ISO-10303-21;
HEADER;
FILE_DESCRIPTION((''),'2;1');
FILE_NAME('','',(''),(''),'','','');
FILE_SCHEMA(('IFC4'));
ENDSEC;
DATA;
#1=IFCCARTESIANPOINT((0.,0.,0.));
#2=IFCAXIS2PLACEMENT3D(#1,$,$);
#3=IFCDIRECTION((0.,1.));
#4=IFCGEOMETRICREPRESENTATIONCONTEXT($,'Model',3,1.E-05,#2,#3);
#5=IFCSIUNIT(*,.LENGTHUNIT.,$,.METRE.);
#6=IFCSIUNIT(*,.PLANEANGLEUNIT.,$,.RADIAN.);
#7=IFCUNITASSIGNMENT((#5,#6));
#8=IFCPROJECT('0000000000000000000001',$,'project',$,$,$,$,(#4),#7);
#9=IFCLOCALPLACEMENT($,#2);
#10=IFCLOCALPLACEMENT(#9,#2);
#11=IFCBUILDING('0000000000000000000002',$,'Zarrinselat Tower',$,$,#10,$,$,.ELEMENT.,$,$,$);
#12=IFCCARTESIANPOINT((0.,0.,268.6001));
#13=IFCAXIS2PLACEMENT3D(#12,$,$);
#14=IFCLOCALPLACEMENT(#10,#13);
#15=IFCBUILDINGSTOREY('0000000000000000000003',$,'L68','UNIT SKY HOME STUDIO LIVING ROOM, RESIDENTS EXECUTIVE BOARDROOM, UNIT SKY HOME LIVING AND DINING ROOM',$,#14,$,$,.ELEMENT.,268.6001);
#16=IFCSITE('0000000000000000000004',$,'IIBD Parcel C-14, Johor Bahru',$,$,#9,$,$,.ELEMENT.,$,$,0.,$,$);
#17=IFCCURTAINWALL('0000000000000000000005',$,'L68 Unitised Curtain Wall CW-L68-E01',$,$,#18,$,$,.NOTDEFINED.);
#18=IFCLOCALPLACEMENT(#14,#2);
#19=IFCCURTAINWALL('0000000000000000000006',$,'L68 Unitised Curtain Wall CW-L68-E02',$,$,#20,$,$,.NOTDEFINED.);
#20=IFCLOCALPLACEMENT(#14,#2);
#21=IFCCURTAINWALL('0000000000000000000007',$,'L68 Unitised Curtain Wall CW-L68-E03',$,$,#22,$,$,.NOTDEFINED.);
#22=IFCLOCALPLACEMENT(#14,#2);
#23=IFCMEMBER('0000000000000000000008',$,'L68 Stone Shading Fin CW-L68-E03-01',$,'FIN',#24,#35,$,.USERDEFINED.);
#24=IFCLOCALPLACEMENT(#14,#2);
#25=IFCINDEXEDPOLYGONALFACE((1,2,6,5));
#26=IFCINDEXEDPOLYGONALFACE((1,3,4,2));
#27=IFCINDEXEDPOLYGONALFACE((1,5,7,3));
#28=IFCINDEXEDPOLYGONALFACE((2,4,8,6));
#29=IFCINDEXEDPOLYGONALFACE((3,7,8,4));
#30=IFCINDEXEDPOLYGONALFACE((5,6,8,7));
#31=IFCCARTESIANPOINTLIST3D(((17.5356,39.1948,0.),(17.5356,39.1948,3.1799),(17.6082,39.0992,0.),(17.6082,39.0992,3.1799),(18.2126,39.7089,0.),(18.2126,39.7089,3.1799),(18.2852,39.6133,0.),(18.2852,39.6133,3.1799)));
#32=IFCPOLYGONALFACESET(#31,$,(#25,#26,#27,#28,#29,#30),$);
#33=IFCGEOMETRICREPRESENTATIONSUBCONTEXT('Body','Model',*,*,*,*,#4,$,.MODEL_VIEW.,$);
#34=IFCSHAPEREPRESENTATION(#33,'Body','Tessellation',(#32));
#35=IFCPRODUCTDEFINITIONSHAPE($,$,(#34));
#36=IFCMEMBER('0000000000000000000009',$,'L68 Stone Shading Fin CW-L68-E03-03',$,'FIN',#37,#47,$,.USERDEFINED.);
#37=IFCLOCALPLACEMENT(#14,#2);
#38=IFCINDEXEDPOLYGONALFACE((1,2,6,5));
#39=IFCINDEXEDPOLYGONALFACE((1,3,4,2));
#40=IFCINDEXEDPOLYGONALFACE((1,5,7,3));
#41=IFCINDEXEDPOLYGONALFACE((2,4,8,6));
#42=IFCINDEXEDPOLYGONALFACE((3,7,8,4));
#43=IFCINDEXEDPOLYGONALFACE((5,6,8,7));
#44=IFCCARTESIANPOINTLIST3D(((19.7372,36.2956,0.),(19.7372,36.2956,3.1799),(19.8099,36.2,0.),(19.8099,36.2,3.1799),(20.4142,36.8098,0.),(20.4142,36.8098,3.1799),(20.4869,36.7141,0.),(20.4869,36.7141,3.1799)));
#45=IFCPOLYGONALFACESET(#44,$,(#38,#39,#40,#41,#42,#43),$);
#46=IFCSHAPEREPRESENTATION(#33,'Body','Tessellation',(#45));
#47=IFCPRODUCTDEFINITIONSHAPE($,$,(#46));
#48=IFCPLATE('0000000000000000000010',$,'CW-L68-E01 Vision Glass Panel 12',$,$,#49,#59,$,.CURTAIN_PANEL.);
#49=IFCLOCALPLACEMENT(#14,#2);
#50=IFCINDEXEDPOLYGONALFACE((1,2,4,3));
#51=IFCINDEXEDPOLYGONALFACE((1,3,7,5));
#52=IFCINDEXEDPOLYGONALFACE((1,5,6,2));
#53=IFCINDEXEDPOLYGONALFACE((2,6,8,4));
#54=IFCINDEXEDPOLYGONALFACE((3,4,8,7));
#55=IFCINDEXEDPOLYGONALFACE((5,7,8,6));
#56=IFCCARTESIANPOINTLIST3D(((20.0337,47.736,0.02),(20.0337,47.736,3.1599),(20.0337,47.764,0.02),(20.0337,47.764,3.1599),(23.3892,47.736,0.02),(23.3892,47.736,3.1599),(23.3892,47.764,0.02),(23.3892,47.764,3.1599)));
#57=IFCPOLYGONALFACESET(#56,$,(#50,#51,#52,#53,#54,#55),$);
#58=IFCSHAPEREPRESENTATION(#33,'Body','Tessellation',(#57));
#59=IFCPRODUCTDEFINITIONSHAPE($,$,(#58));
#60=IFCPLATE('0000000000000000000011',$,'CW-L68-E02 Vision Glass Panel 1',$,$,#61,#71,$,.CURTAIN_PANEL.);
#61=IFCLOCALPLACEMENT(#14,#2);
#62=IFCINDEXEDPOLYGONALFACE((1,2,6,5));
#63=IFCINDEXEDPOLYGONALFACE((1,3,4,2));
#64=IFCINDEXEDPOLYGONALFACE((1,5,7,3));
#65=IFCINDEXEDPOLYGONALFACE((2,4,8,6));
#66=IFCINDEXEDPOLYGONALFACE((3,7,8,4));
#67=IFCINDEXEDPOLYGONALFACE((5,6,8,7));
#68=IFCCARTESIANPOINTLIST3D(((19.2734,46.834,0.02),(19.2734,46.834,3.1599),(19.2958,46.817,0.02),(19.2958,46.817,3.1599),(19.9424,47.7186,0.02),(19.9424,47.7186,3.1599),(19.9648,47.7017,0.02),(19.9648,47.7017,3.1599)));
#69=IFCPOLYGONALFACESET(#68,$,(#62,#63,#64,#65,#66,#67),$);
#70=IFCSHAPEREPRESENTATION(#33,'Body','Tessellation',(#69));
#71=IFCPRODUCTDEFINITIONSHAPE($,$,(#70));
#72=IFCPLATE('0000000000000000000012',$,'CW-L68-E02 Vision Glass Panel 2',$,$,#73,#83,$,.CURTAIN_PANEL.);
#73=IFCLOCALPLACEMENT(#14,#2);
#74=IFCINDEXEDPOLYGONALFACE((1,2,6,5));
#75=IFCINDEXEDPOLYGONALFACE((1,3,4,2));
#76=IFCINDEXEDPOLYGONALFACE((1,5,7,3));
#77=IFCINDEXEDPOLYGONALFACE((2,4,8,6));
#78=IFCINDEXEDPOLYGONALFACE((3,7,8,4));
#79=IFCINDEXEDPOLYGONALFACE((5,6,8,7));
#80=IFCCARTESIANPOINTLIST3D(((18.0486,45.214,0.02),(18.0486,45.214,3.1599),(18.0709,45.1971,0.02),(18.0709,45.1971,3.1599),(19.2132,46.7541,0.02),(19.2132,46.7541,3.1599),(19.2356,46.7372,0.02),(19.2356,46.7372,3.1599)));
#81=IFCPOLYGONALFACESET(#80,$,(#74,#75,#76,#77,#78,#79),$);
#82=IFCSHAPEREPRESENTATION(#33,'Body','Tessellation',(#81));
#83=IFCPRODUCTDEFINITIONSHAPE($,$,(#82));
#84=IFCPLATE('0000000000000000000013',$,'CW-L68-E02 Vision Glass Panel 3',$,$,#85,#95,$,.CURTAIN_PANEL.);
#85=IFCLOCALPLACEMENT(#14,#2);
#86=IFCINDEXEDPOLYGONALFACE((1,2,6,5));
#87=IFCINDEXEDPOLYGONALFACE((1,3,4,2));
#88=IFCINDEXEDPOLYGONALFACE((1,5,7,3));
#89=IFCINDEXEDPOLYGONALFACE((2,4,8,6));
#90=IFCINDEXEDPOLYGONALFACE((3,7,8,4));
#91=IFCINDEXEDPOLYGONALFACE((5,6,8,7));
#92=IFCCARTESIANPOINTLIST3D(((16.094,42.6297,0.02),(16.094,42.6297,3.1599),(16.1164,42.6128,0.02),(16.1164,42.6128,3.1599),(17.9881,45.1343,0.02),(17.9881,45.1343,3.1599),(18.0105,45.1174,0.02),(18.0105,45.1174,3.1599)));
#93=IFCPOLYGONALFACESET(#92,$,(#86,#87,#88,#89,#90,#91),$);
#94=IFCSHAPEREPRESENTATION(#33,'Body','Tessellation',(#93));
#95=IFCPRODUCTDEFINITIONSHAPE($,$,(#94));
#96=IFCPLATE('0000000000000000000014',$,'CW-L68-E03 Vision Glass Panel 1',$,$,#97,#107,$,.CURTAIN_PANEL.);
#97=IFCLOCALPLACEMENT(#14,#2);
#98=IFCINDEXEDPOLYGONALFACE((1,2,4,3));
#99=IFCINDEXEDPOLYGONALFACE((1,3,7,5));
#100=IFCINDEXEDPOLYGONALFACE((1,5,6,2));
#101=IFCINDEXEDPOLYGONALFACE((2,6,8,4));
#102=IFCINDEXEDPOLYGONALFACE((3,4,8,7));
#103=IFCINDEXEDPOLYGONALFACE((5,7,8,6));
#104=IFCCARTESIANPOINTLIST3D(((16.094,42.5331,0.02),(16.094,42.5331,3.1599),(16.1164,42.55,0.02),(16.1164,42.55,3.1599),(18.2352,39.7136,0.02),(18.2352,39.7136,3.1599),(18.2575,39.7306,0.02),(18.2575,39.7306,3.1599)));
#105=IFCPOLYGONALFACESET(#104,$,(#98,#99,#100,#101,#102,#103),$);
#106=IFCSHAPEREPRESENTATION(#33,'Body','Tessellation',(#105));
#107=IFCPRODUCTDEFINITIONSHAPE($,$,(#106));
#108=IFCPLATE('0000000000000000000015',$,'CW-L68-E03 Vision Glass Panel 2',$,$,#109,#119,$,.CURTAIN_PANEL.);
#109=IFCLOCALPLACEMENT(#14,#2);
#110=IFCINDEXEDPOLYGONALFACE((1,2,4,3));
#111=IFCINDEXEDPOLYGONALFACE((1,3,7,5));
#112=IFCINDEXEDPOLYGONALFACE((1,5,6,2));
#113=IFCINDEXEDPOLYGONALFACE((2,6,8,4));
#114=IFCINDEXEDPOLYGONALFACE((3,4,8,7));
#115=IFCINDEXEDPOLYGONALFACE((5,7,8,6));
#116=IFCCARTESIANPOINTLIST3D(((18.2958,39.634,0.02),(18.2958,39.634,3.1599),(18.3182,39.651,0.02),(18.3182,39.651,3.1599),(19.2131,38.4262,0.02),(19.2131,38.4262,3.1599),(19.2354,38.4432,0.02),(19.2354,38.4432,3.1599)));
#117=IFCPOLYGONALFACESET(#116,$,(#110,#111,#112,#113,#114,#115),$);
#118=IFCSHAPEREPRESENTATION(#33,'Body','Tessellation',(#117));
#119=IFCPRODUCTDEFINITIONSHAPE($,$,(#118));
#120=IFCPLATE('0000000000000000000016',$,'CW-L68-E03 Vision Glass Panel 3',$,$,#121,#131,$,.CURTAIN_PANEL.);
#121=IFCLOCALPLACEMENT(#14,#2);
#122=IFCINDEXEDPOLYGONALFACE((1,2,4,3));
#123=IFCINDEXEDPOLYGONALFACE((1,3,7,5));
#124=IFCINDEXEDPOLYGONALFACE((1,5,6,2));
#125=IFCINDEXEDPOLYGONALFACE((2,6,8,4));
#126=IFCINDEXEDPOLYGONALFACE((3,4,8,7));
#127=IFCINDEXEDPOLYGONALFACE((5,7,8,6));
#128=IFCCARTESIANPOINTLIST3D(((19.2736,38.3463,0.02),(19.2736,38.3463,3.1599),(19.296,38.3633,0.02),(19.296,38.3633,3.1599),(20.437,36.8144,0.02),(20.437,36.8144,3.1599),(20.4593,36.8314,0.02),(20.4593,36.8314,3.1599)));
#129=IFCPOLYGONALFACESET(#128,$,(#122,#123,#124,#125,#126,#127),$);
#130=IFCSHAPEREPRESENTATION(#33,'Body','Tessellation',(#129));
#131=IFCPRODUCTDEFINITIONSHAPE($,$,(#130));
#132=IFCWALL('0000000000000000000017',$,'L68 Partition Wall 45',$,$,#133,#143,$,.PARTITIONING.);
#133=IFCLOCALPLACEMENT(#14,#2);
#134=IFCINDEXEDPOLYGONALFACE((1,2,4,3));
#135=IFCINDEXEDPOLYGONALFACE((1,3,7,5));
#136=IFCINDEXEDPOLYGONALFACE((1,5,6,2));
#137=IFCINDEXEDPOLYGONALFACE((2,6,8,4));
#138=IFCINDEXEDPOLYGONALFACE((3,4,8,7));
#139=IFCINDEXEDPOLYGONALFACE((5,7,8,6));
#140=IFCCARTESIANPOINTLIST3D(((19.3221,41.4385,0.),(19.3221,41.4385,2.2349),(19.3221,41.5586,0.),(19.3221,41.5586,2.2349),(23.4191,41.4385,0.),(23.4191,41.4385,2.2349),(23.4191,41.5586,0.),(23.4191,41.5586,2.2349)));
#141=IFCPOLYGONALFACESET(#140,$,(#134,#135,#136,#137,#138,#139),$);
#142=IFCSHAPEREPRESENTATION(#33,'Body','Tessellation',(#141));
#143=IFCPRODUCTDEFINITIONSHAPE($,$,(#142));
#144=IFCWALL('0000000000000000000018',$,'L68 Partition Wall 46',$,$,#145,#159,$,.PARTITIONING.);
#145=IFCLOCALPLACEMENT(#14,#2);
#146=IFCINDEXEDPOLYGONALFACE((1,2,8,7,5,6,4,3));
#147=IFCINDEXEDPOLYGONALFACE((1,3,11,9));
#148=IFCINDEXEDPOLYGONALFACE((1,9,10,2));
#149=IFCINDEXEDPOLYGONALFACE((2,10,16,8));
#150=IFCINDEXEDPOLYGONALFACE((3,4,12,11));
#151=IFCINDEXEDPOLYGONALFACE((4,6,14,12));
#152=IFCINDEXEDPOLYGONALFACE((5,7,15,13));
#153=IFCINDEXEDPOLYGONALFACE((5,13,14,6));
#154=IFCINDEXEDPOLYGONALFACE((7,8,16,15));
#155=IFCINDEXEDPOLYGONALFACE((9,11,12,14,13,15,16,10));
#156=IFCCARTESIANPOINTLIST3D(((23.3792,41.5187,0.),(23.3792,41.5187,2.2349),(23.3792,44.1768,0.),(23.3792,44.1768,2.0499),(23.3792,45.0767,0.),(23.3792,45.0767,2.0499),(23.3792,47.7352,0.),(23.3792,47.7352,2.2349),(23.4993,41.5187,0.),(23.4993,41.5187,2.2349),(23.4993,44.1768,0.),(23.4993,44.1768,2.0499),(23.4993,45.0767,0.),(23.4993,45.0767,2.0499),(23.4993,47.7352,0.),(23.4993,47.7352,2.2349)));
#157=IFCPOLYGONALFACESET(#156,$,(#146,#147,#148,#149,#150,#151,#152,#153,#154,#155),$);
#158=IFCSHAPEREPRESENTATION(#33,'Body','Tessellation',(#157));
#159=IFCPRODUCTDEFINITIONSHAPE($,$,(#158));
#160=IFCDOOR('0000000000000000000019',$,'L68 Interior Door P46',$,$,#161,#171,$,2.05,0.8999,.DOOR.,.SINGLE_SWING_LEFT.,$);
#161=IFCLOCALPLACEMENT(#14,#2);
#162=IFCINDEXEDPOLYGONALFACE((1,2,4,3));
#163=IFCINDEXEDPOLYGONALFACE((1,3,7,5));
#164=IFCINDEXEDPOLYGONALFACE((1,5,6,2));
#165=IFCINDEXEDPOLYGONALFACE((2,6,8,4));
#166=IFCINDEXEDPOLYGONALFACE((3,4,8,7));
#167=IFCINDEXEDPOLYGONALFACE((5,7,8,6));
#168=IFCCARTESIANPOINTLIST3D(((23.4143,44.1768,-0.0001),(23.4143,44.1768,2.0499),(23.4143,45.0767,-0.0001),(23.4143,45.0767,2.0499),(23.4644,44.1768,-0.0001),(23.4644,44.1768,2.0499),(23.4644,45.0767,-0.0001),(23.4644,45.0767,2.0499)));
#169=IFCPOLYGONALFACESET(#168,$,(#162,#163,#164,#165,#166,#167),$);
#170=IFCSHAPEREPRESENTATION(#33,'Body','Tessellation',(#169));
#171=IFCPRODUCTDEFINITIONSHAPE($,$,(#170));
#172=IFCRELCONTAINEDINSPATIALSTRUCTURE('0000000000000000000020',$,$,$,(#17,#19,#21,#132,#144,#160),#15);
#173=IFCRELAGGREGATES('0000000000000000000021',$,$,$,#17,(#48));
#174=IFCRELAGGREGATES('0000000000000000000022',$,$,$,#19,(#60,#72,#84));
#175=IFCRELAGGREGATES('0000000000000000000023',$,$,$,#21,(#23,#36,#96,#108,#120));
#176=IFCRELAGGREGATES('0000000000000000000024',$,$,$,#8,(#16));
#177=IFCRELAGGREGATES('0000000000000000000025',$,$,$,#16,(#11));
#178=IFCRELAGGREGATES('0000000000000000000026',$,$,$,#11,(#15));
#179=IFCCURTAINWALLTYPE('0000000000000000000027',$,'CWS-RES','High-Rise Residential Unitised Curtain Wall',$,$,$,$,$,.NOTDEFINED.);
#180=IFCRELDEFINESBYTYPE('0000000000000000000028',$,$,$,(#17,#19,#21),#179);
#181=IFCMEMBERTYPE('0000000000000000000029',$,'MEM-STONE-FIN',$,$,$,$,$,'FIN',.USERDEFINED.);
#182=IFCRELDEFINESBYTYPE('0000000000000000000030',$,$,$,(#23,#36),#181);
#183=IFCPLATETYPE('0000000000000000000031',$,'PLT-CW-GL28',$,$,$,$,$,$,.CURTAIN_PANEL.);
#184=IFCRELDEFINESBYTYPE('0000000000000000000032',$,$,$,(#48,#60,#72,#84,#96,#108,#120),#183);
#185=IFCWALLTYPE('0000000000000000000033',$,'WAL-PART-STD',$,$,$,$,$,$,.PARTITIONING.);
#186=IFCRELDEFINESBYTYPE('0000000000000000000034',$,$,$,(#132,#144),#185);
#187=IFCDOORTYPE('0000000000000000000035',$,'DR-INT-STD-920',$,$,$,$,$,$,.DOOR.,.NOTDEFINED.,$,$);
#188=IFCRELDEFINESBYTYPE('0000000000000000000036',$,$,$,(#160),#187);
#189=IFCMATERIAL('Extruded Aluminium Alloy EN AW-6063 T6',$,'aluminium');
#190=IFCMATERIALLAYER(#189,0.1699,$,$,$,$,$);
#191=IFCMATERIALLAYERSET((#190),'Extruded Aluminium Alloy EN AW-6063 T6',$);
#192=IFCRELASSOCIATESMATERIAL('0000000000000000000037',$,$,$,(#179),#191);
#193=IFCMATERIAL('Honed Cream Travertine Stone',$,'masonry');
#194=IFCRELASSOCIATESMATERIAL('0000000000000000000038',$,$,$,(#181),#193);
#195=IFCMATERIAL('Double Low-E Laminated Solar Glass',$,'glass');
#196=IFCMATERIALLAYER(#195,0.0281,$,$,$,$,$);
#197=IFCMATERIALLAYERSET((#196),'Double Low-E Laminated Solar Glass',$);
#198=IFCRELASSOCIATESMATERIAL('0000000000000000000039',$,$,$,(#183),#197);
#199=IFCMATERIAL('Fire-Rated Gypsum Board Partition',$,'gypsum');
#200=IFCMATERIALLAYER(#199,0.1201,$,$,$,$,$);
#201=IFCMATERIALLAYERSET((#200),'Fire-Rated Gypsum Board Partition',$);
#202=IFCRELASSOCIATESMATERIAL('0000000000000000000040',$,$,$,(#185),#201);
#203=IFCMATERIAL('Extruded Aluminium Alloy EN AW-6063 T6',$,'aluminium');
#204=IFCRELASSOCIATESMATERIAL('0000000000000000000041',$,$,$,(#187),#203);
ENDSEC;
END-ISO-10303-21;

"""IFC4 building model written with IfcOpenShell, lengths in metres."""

from ifc_helpers import new_model, si_unit, direction, frame, frame_2d, origin, origin_2d, place, context, subcontext, project, spatial, rectangle, extrude, material, layer, layer_set, material_profile, profile_set, type_object, element, fill, aggregate, save


model = new_model("IFC4")

# Units and contexts
model_context = context("Model", 3, precision=1e-05, world=origin(), true_north=direction((0.0, 1.0)))
body_context = subcontext(model_context, "Body", "Model", "MODEL_VIEW")
ifc_project = project(units=[si_unit("LENGTHUNIT", "METRE"), si_unit("PLANEANGLEUNIT", "RADIAN")], contexts=[model_context])

# Site, building, storey
site_placement = place(None, origin())
site = spatial("IfcSite", under=ifc_project, at=site_placement, Name="IIBD Parcel C-14, Johor Bahru", CompositionType="ELEMENT", RefElevation=0.0)
building_placement = place(site_placement, origin())
building = spatial("IfcBuilding", under=site, at=building_placement, Name="Zarrinselat Tower", CompositionType="ELEMENT")
storey_placement = place(building_placement, frame((0.0, 0.0, 268.6001)))
storey = spatial("IfcBuildingStorey", under=building, at=storey_placement, Name="L68", Description="UNIT SKY HOME STUDIO LIVING ROOM, RESIDENTS EXECUTIVE BOARDROOM, UNIT SKY HOME LIVING AND DINING ROOM", CompositionType="ELEMENT", Elevation=268.6001)

# Curtain walls
ifc_material_1 = material(Name="Extruded Aluminium Alloy EN AW-6063 T6", Category="aluminium")
ifc_layer_1 = layer(ifc_material_1, 0.1699)
ifc_layer_set_1 = layer_set([ifc_layer_1], Name="Extruded Aluminium Alloy EN AW-6063 T6")
curtain_wall_type = type_object("IfcCurtainWallType", Name="CWS-RES", Description="High-Rise Residential Unitised Curtain Wall", PredefinedType="NOTDEFINED", material=ifc_layer_set_1)
curtain_wall_1_placement = place(storey_placement, origin())
curtain_wall_1 = element("IfcCurtainWall", 1, at=curtain_wall_1_placement, inside=storey, type_object=curtain_wall_type, Name="L68 Unitised Curtain Wall CW-L68-E01", PredefinedType="NOTDEFINED")
curtain_wall_2_placement = place(storey_placement, origin())
curtain_wall_2 = element("IfcCurtainWall", 2, at=curtain_wall_2_placement, inside=storey, type_object=curtain_wall_type, Name="L68 Unitised Curtain Wall CW-L68-E02", PredefinedType="NOTDEFINED")
curtain_wall_3_placement = place(storey_placement, origin())
curtain_wall_3 = element("IfcCurtainWall", 3, at=curtain_wall_3_placement, inside=storey, type_object=curtain_wall_type, Name="L68 Unitised Curtain Wall CW-L68-E03", PredefinedType="NOTDEFINED")

# Members
ifc_material_2 = material(Name="Honed Cream Travertine Stone", Category="masonry")
ifc_material_profile_1 = material_profile(ifc_material_2, rectangle(XDim=0.1201, YDim=0.8501, at=origin_2d()), Name="FIN 850x120")
ifc_profile_set_1 = profile_set([ifc_material_profile_1], Name="Honed Cream Travertine Stone")
member_type_1 = type_object("IfcMemberType", Name="MEM-STONE-FIN", ElementType="FIN", PredefinedType="USERDEFINED", material=ifc_profile_set_1)
member_1_placement = place(storey_placement, frame((17.9104, 39.4041, 0.0), z_axis=(0.0, 0.0, 1.0), x_axis=(-0.604788, 0.796387, 0.0)))
member_1 = element("IfcMember", 4, at=member_1_placement, type_object=member_type_1, Name="L68 Stone Shading Fin CW-L68-E03-01", ObjectType="FIN", PredefinedType="USERDEFINED", context=body_context, shape_type="SweptSolid", body=[
    extrude(rectangle(XDim=0.1201, YDim=0.8501, at=origin_2d()), origin(), (0.0, 0.0, 1.0), 3.1799),
])
member_2_placement = place(storey_placement, frame((20.1121, 36.5049, 0.0), z_axis=(0.0, 0.0, 1.0), x_axis=(-0.604788, 0.796387, 0.0)))
member_2 = element("IfcMember", 5, at=member_2_placement, type_object=member_type_1, Name="L68 Stone Shading Fin CW-L68-E03-03", ObjectType="FIN", PredefinedType="USERDEFINED", context=body_context, shape_type="SweptSolid", body=[
    extrude(rectangle(XDim=0.1201, YDim=0.8501, at=origin_2d()), origin(), (0.0, 0.0, 1.0), 3.1799),
])

# Plates
ifc_material_3 = material(Name="Double Low-E Laminated Solar Glass", Category="glass")
ifc_layer_2 = layer(ifc_material_3, 0.0281)
ifc_layer_set_2 = layer_set([ifc_layer_2], Name="Double Low-E Laminated Solar Glass")
plate_type = type_object("IfcPlateType", Name="PLT-CW-GL28", PredefinedType="CURTAIN_PANEL", material=ifc_layer_set_2)
plate_1_placement = place(storey_placement, frame((21.7114, 47.75, 0.02), z_axis=(0.0, 0.0, 1.0), x_axis=(-1.0, 0.0, 0.0)))
plate_1 = element("IfcPlate", 6, at=plate_1_placement, type_object=plate_type, Name="CW-L68-E01 Vision Glass Panel 12", PredefinedType="CURTAIN_PANEL", context=body_context, shape_type="SweptSolid", body=[
    extrude(rectangle(XDim=3.3555, YDim=0.0281, at=origin_2d()), origin(), (0.0, 0.0, 1.0), 3.1399),
])
aggregate(curtain_wall_1, [plate_1])
plate_2_placement = place(storey_placement, frame((19.6191, 47.2678, 0.02), z_axis=(0.0, 0.0, 1.0), x_axis=(-0.60318, -0.797605, 0.0)))
plate_2 = element("IfcPlate", 7, at=plate_2_placement, type_object=plate_type, Name="CW-L68-E02 Vision Glass Panel 1", PredefinedType="CURTAIN_PANEL", context=body_context, shape_type="SweptSolid", body=[
    extrude(rectangle(XDim=1.1091, YDim=0.0281, at=origin_2d()), origin(), (0.0, 0.0, 1.0), 3.1399),
])
plate_3_placement = place(storey_placement, frame((18.6421, 45.9756, 0.02), z_axis=(0.0, 0.0, 1.0), x_axis=(-0.60318, -0.797605, 0.0)))
plate_3 = element("IfcPlate", 8, at=plate_3_placement, type_object=plate_type, Name="CW-L68-E02 Vision Glass Panel 2", PredefinedType="CURTAIN_PANEL", context=body_context, shape_type="SweptSolid", body=[
    extrude(rectangle(XDim=1.9309, YDim=0.0281, at=origin_2d()), origin(), (0.0, 0.0, 1.0), 3.1399),
])
plate_4_placement = place(storey_placement, frame((17.0522, 43.8735, 0.02), z_axis=(0.0, 0.0, 1.0), x_axis=(-0.60318, -0.797605, 0.0)))
plate_4 = element("IfcPlate", 9, at=plate_4_placement, type_object=plate_type, Name="CW-L68-E02 Vision Glass Panel 3", PredefinedType="CURTAIN_PANEL", context=body_context, shape_type="SweptSolid", body=[
    extrude(rectangle(XDim=3.1401, YDim=0.0281, at=origin_2d()), origin(), (0.0, 0.0, 1.0), 3.1399),
])
aggregate(curtain_wall_2, [plate_2, plate_3, plate_4])
plate_5_placement = place(storey_placement, frame((17.1758, 41.1318, 0.02), z_axis=(0.0, 0.0, 1.0), x_axis=(0.604788, -0.796387, 0.0)))
plate_5 = element("IfcPlate", 10, at=plate_5_placement, type_object=plate_type, Name="CW-L68-E03 Vision Glass Panel 1", PredefinedType="CURTAIN_PANEL", context=body_context, shape_type="SweptSolid", body=[
    extrude(rectangle(XDim=3.5403, YDim=0.0281, at=origin_2d()), origin(), (0.0, 0.0, 1.0), 3.1399),
])
plate_6_placement = place(storey_placement, frame((18.7656, 39.0386, 0.02), z_axis=(0.0, 0.0, 1.0), x_axis=(0.604788, -0.796387, 0.0)))
plate_6 = element("IfcPlate", 11, at=plate_6_placement, type_object=plate_type, Name="CW-L68-E03 Vision Glass Panel 2", PredefinedType="CURTAIN_PANEL", context=body_context, shape_type="SweptSolid", body=[
    extrude(rectangle(XDim=1.5166, YDim=0.0281, at=origin_2d()), origin(), (0.0, 0.0, 1.0), 3.1399),
])
plate_7_placement = place(storey_placement, frame((19.8665, 37.5889, 0.02), z_axis=(0.0, 0.0, 1.0), x_axis=(0.604788, -0.796387, 0.0)))
plate_7 = element("IfcPlate", 12, at=plate_7_placement, type_object=plate_type, Name="CW-L68-E03 Vision Glass Panel 3", PredefinedType="CURTAIN_PANEL", context=body_context, shape_type="SweptSolid", body=[
    extrude(rectangle(XDim=1.9236, YDim=0.0281, at=origin_2d()), origin(), (0.0, 0.0, 1.0), 3.1399),
])
aggregate(curtain_wall_3, [member_1, member_2, plate_5, plate_6, plate_7])

# Wall
ifc_material_4 = material(Name="Fire-Rated Gypsum Board Partition", Category="gypsum")
ifc_layer_3 = layer(ifc_material_4, 0.1201)
ifc_layer_set_3 = layer_set([ifc_layer_3], Name="Fire-Rated Gypsum Board Partition")
wall_type_1 = type_object("IfcWallType", Name="WAL-PART-STD", PredefinedType="PARTITIONING", material=ifc_layer_set_3)
wall_1_placement = place(storey_placement, frame((19.3223, 41.4985, 0.0), z_axis=(0.0, 0.0, 1.0), x_axis=(1.0, 0.0, 0.0)))
element("IfcWall", 13, at=wall_1_placement, inside=storey, type_object=wall_type_1, Name="L68 Partition Wall 45", PredefinedType="PARTITIONING", context=body_context, shape_type="SweptSolid", body=[
    extrude(rectangle(XDim=4.0969, YDim=0.1201, at=frame_2d((2.0483, 0.0))), origin(), (0.0, 0.0, 1.0), 2.2349),
])

# Wall, opening, door
wall_2_placement = place(storey_placement, frame((23.4392, 41.5186, 0.0), z_axis=(0.0, 0.0, 1.0), x_axis=(0.0, 1.0, 0.0)))
wall_2 = element("IfcWall", 14, at=wall_2_placement, inside=storey, type_object=wall_type_1, Name="L68 Partition Wall 46", PredefinedType="PARTITIONING", context=body_context, shape_type="SweptSolid", body=[
    extrude(rectangle(XDim=6.2166, YDim=0.1201, at=frame_2d((3.1084, 0.0))), origin(), (0.0, 0.0, 1.0), 2.2349),
])
opening_1_placement = place(wall_2_placement, frame((2.6582, 0.0, 0.0)))
opening_1 = element("IfcOpeningElement", 15, at=opening_1_placement, cuts=wall_2, PredefinedType="OPENING", context=body_context, shape_type="SweptSolid", body=[
    extrude(rectangle(XDim=0.8999, YDim=2.05, at=frame_2d((0.45, 1.0249))), frame((0.0, 0.0701, 0.0), z_axis=(0.0, -1.0, 0.0), x_axis=(1.0, 0.0, 0.0)), (0.0, 0.0, 1.0), 0.1401),
])
ifc_material_5 = material(Name="Extruded Aluminium Alloy EN AW-6063 T6", Category="aluminium")
door_type_1 = type_object("IfcDoorType", Name="DR-INT-STD-920", OperationType="NOTDEFINED", PredefinedType="DOOR", material=ifc_material_5)
door_1_placement = place(opening_1_placement, origin())
door_1 = element("IfcDoor", 16, at=door_1_placement, inside=storey, type_object=door_type_1, Name="L68 Interior Door P46", OperationType="SINGLE_SWING_LEFT", OverallHeight=2.05, OverallWidth=0.8999, PredefinedType="DOOR", context=body_context, shape_type="SweptSolid", body=[
    extrude(rectangle(XDim=0.8999, YDim=2.05, at=frame_2d((0.45, 1.0249))), frame((0.0, 0.0249, 0.0), z_axis=(0.0, -1.0, 0.0), x_axis=(1.0, 0.0, 0.0)), (0.0, 0.0, 1.0), 0.05),
])
fill(opening_1, door_1)

save(model, "model.ifc")
